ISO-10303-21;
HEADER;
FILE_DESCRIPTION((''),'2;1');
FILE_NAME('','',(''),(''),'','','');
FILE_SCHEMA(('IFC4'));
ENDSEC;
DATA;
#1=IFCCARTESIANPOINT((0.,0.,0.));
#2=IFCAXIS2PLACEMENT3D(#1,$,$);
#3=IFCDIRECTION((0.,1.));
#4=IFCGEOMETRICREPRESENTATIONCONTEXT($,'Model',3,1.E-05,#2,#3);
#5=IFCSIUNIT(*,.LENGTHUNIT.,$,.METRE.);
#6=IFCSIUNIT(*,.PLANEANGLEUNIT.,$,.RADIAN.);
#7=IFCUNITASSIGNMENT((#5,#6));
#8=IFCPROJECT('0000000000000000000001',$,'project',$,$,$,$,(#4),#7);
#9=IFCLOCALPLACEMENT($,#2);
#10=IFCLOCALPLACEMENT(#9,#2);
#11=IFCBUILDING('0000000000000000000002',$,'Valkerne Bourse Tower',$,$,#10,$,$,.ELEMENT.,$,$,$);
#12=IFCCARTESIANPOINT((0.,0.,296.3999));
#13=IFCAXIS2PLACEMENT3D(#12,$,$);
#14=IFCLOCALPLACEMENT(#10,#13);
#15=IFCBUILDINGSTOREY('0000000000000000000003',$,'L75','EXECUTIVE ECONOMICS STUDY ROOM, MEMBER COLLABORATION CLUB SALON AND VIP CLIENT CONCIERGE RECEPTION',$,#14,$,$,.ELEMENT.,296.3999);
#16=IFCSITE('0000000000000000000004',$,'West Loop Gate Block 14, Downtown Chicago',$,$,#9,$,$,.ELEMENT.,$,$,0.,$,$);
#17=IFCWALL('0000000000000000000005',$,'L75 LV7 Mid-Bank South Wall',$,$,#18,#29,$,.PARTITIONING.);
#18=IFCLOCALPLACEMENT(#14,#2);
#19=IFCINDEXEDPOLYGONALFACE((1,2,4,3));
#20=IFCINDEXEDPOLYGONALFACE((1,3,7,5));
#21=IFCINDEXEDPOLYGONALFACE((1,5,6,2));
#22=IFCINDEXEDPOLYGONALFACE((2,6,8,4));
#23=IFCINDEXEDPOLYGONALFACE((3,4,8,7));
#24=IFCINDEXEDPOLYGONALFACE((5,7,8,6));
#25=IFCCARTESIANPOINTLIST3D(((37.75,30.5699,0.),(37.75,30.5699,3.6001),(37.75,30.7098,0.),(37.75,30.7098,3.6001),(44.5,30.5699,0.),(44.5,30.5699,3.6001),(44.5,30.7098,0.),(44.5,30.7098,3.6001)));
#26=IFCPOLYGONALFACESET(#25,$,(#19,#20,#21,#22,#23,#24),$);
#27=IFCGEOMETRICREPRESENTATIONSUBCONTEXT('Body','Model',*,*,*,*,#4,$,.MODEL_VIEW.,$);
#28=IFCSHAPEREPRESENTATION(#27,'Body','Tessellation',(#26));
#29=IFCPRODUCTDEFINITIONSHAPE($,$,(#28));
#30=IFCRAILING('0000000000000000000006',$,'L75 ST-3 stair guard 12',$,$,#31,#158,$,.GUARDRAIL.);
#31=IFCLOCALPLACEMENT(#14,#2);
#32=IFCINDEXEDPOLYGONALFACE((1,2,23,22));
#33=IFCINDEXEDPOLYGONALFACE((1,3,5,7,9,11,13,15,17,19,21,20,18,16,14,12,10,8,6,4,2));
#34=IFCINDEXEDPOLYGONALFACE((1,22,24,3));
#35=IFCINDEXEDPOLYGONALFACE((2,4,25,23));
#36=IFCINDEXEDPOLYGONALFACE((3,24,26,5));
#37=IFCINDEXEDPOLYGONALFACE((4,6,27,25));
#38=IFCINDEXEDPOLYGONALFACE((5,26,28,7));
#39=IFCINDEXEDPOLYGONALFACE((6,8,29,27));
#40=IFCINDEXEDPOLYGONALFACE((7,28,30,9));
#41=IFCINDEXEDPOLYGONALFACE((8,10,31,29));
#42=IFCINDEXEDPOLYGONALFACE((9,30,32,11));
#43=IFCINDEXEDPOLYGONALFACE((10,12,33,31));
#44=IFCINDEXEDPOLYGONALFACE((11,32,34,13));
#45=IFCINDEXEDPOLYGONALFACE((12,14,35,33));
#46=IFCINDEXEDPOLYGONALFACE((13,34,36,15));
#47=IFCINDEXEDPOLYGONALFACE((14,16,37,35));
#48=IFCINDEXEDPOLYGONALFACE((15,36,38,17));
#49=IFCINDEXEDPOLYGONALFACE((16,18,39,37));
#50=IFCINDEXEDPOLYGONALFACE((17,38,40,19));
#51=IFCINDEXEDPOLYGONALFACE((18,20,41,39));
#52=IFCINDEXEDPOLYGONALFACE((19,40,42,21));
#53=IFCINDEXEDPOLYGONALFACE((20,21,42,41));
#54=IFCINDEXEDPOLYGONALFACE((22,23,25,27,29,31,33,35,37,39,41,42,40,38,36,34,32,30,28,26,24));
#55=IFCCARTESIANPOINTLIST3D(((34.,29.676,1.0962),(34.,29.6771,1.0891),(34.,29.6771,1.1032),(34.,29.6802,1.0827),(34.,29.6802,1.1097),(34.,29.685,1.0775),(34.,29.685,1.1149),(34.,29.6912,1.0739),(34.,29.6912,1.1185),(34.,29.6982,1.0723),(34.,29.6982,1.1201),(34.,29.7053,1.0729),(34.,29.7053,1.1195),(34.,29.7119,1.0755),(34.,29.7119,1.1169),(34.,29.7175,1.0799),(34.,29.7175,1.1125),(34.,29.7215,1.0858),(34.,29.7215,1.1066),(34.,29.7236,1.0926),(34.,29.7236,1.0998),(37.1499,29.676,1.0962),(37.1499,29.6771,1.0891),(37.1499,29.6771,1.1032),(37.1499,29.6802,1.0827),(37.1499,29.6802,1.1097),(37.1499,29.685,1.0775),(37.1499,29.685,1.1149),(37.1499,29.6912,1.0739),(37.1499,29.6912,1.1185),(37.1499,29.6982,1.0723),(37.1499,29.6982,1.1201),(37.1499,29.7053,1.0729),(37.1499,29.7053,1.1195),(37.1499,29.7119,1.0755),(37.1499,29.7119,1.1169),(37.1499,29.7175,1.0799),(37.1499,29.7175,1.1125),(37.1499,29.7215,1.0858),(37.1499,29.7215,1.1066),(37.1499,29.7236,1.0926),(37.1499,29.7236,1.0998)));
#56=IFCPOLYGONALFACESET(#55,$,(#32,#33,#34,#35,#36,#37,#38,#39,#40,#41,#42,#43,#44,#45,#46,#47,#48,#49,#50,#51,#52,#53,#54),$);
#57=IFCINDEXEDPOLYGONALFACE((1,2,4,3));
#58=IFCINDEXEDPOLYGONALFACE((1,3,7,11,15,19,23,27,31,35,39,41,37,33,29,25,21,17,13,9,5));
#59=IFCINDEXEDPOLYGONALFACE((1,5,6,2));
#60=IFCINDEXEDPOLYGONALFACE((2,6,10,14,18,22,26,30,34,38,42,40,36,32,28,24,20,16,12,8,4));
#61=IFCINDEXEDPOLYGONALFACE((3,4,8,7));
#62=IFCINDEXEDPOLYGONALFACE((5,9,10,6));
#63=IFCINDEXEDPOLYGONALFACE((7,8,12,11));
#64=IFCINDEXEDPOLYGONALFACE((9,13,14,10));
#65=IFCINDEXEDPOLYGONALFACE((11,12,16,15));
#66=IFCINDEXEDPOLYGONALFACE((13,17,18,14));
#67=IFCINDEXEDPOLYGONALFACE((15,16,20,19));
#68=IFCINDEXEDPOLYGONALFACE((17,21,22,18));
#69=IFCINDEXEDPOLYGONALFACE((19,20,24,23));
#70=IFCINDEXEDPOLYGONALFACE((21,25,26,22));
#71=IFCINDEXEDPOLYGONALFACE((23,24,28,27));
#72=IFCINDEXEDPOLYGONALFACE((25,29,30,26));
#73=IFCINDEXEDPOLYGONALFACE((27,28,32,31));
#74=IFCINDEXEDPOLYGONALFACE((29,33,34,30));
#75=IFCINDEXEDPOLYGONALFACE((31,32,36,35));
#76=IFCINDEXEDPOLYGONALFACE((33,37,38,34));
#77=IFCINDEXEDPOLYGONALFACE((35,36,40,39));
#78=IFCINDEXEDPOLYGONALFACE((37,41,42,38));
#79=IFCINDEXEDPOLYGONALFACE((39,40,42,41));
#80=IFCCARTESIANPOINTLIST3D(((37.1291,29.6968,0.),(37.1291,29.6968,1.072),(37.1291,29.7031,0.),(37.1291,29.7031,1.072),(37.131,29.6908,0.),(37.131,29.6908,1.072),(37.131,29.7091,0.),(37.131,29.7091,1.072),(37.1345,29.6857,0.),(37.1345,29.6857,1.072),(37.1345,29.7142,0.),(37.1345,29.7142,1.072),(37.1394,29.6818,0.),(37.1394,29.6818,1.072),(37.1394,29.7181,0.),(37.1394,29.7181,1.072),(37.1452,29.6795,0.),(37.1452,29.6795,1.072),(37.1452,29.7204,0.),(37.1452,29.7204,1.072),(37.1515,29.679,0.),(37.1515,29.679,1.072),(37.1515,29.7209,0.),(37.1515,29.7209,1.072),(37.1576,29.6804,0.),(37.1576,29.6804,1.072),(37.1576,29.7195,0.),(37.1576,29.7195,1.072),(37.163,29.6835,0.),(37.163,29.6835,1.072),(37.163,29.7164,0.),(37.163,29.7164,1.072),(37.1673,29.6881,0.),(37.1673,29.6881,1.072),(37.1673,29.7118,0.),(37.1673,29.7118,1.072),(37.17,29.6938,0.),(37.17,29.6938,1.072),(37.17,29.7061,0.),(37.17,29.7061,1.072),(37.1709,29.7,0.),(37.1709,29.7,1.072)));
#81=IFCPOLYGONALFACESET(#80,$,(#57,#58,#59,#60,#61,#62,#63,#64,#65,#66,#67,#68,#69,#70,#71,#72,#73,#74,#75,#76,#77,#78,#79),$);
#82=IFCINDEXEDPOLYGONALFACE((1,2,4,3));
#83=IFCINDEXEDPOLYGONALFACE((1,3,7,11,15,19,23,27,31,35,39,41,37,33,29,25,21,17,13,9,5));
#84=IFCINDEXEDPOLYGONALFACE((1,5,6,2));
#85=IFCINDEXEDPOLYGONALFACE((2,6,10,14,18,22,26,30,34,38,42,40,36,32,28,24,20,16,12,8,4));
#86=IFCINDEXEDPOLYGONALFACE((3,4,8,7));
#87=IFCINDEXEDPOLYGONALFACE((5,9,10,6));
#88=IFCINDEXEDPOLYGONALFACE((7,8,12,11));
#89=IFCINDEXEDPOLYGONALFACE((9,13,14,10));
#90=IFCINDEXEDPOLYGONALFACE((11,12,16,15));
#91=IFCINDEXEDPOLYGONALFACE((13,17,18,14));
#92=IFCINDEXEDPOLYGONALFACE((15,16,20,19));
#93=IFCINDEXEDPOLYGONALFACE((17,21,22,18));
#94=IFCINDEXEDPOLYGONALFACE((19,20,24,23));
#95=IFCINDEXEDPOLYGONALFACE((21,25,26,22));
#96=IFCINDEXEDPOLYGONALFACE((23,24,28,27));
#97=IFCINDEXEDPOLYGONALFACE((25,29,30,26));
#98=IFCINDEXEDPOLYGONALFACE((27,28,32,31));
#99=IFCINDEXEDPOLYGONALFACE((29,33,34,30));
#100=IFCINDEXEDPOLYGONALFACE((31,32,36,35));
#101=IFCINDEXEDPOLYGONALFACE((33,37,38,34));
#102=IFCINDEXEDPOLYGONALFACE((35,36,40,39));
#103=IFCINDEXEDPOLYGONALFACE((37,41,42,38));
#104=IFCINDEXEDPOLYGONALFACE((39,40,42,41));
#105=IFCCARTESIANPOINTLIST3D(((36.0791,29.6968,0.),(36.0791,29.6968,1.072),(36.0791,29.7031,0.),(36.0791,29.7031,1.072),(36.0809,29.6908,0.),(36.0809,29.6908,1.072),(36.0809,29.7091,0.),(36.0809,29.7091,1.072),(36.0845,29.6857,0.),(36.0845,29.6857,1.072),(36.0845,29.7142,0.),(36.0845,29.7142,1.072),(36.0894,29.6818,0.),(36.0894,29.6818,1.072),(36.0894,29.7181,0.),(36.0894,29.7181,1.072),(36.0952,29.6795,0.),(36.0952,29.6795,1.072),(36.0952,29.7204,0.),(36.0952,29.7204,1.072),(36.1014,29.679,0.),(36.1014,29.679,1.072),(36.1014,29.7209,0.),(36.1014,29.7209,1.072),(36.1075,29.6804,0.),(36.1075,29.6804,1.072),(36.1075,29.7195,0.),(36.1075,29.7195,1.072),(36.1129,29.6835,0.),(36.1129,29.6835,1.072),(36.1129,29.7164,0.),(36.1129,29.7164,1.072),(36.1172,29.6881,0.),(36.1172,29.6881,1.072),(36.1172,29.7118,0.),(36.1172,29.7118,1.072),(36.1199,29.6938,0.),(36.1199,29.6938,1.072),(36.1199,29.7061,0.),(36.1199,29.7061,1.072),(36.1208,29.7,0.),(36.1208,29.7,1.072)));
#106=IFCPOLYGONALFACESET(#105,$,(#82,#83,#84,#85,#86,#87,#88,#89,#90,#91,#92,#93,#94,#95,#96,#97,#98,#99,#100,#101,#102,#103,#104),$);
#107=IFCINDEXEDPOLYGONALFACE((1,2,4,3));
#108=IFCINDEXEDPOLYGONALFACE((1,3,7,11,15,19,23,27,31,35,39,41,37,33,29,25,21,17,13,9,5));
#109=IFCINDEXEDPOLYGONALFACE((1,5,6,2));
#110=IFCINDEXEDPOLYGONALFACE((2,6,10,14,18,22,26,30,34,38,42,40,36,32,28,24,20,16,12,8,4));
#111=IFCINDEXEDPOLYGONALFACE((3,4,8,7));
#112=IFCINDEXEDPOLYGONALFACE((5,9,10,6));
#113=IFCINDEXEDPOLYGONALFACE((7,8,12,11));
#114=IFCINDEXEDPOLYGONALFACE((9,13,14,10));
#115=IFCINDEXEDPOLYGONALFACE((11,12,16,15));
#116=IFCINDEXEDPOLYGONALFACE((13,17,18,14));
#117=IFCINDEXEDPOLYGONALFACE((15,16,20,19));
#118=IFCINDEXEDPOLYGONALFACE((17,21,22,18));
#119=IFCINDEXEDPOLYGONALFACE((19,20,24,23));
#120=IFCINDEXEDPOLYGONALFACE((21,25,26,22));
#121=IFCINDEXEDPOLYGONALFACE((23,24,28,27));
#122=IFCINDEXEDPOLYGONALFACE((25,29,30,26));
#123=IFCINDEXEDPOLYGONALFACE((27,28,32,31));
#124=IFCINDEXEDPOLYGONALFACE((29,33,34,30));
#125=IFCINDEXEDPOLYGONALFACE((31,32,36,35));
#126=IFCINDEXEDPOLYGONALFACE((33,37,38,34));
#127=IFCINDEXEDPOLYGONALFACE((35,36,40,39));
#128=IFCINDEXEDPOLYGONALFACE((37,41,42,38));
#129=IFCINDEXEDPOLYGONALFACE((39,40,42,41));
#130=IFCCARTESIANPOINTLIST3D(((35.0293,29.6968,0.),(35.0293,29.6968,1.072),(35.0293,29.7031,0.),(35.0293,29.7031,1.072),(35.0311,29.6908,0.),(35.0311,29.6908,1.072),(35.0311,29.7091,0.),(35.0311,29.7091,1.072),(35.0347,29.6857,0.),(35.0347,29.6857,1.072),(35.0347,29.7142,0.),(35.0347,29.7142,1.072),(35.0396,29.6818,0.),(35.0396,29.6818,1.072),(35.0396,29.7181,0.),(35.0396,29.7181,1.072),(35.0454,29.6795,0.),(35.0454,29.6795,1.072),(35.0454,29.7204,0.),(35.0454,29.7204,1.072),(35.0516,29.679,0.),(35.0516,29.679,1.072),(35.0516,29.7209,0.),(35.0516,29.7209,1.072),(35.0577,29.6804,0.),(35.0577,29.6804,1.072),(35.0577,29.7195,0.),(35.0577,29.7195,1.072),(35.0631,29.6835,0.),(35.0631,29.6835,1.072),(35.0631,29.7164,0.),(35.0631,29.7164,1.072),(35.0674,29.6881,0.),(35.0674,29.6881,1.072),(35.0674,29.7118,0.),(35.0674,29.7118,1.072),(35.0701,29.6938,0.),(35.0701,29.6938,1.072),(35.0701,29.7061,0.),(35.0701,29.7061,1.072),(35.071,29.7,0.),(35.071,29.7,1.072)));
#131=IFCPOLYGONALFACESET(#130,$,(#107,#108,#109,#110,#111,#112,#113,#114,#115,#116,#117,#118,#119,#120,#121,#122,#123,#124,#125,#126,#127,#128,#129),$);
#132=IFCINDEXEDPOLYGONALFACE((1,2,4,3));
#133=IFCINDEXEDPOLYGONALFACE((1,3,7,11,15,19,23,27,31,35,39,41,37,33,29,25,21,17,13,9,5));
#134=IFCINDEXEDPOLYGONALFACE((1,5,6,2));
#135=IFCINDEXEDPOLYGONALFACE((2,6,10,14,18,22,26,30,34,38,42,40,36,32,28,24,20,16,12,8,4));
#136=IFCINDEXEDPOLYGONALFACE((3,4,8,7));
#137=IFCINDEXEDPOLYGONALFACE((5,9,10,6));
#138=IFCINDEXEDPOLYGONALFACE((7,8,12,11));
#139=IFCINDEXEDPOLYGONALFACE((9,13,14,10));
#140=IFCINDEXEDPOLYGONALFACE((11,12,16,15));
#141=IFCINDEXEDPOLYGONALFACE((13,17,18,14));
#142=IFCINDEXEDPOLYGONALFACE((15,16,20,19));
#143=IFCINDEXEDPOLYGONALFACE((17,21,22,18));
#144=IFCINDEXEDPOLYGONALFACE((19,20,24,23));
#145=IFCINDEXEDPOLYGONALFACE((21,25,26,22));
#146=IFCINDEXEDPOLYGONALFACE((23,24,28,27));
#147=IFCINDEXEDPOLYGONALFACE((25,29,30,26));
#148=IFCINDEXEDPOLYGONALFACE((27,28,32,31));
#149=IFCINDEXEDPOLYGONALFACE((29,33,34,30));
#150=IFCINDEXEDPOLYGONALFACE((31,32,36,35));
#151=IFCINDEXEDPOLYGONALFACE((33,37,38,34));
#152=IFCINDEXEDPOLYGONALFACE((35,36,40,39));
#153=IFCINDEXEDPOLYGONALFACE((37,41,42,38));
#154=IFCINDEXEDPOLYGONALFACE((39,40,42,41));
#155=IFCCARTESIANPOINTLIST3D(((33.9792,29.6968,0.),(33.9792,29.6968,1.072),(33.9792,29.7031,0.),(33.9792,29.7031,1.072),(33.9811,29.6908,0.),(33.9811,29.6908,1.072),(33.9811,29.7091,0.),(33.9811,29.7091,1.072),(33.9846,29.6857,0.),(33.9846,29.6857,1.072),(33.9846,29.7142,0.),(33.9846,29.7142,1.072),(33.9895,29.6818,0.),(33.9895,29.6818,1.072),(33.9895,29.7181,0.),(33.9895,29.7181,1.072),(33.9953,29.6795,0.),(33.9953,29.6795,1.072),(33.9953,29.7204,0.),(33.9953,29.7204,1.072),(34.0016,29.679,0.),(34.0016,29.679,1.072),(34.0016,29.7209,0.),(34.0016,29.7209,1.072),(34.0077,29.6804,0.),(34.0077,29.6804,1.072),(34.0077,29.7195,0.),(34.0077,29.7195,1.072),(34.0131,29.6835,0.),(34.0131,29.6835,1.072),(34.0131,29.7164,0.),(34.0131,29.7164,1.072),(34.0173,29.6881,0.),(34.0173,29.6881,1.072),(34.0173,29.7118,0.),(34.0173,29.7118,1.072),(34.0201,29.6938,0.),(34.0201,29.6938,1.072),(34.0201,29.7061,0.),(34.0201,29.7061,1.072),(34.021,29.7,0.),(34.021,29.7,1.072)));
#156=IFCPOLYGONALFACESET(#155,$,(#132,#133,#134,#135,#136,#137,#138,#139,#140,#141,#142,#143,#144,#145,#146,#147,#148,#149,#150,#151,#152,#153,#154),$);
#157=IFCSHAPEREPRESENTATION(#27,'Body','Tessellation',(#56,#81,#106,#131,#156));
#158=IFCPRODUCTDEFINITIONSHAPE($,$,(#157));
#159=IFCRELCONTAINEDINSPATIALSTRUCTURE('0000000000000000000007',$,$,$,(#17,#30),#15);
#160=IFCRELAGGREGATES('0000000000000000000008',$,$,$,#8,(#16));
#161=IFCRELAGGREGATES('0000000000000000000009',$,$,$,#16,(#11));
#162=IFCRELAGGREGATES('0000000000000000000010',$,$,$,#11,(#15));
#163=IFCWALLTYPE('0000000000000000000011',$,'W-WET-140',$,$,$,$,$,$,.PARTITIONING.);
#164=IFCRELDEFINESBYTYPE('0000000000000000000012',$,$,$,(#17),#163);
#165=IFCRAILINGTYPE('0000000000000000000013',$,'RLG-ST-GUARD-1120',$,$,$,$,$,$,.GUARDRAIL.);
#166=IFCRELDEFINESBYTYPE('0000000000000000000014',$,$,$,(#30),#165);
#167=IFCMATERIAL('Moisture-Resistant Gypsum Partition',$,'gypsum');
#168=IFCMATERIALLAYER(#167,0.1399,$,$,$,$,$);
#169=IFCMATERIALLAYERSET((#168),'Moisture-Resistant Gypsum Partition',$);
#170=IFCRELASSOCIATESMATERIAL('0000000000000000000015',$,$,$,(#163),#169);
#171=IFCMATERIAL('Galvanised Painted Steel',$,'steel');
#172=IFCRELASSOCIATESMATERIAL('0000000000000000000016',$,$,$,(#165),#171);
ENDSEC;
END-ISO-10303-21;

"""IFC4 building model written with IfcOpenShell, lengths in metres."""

from ifc_helpers import new_model, si_unit, direction, frame, frame_2d, origin, origin_2d, place, context, subcontext, project, spatial, rectangle, circle, extrude, material, layer, layer_set, type_object, element, save


model = new_model("IFC4")

# Units and contexts
model_context = context("Model", 3, precision=1e-05, world=origin(), true_north=direction((0.0, 1.0)))
body_context = subcontext(model_context, "Body", "Model", "MODEL_VIEW")
ifc_project = project(units=[si_unit("LENGTHUNIT", "METRE"), si_unit("PLANEANGLEUNIT", "RADIAN")], contexts=[model_context])

# Site, building, storey
site_placement = place(None, origin())
site = spatial("IfcSite", under=ifc_project, at=site_placement, Name="West Loop Gate Block 14, Downtown Chicago", CompositionType="ELEMENT", RefElevation=0.0)
building_placement = place(site_placement, origin())
building = spatial("IfcBuilding", under=site, at=building_placement, Name="Valkerne Bourse Tower", CompositionType="ELEMENT")
storey_placement = place(building_placement, frame((0.0, 0.0, 296.3999)))
storey = spatial("IfcBuildingStorey", under=building, at=storey_placement, Name="L75", Description="EXECUTIVE ECONOMICS STUDY ROOM, MEMBER COLLABORATION CLUB SALON AND VIP CLIENT CONCIERGE RECEPTION", CompositionType="ELEMENT", Elevation=296.3999)

# Shared definitions
ifc_material_1 = material(Name="Galvanised Painted Steel", Category="steel")

# Wall
ifc_material_2 = material(Name="Moisture-Resistant Gypsum Partition", Category="gypsum")
ifc_layer_1 = layer(ifc_material_2, 0.1399)
ifc_layer_set_1 = layer_set([ifc_layer_1], Name="Moisture-Resistant Gypsum Partition")
wall_type_1 = type_object("IfcWallType", Name="W-WET-140", PredefinedType="PARTITIONING", material=ifc_layer_set_1)
for number, where, z_axis, x_axis, name in (
    (1, (37.75, 30.6399, 0.0), (0.0, 0.0, 1.0), (1.0, 0.0, 0.0), "L75 LV7 Mid-Bank South Wall"),
):
    element("IfcWall", number, at=place(storey_placement, frame(where, z_axis=z_axis, x_axis=x_axis)), inside=storey, type_object=wall_type_1, Name=name, PredefinedType="PARTITIONING", context=body_context, shape_type="SweptSolid", body=[
        extrude(rectangle(XDim=6.75, YDim=0.1399, at=frame_2d((3.375, 0.0))), origin(), (0.0, 0.0, 1.0), 3.6001),
    ])

# Railing
railing_type = type_object("IfcRailingType", Name="RLG-ST-GUARD-1120", PredefinedType="GUARDRAIL", material=ifc_material_1)
railing_placement = place(storey_placement, frame((37.1499, 29.7, 0.0)))
element("IfcRailing", 2, at=railing_placement, inside=storey, type_object=railing_type, Name="L75 ST-3 stair guard 12", PredefinedType="GUARDRAIL", context=body_context, shape_type="SweptSolid", body=[
    extrude(circle(Radius=0.0239, at=origin_2d()), frame((0.0, 0.0, 1.0962), z_axis=(-1.0, 0.0, 0.0), x_axis=(0.0, -1.0, 0.0)), (0.0, 0.0, 1.0), 3.1499),
    extrude(circle(Radius=0.021, at=origin_2d()), origin(), (0.0, 0.0, 1.0), 1.072),
    extrude(circle(Radius=0.021, at=origin_2d()), frame((-1.05, 0.0, 0.0)), (0.0, 0.0, 1.0), 1.072),
    extrude(circle(Radius=0.021, at=origin_2d()), frame((-2.0999, 0.0, 0.0)), (0.0, 0.0, 1.0), 1.072),
    extrude(circle(Radius=0.021, at=origin_2d()), frame((-3.1499, 0.0, 0.0)), (0.0, 0.0, 1.0), 1.072),
])

save(model, "model.ifc")
